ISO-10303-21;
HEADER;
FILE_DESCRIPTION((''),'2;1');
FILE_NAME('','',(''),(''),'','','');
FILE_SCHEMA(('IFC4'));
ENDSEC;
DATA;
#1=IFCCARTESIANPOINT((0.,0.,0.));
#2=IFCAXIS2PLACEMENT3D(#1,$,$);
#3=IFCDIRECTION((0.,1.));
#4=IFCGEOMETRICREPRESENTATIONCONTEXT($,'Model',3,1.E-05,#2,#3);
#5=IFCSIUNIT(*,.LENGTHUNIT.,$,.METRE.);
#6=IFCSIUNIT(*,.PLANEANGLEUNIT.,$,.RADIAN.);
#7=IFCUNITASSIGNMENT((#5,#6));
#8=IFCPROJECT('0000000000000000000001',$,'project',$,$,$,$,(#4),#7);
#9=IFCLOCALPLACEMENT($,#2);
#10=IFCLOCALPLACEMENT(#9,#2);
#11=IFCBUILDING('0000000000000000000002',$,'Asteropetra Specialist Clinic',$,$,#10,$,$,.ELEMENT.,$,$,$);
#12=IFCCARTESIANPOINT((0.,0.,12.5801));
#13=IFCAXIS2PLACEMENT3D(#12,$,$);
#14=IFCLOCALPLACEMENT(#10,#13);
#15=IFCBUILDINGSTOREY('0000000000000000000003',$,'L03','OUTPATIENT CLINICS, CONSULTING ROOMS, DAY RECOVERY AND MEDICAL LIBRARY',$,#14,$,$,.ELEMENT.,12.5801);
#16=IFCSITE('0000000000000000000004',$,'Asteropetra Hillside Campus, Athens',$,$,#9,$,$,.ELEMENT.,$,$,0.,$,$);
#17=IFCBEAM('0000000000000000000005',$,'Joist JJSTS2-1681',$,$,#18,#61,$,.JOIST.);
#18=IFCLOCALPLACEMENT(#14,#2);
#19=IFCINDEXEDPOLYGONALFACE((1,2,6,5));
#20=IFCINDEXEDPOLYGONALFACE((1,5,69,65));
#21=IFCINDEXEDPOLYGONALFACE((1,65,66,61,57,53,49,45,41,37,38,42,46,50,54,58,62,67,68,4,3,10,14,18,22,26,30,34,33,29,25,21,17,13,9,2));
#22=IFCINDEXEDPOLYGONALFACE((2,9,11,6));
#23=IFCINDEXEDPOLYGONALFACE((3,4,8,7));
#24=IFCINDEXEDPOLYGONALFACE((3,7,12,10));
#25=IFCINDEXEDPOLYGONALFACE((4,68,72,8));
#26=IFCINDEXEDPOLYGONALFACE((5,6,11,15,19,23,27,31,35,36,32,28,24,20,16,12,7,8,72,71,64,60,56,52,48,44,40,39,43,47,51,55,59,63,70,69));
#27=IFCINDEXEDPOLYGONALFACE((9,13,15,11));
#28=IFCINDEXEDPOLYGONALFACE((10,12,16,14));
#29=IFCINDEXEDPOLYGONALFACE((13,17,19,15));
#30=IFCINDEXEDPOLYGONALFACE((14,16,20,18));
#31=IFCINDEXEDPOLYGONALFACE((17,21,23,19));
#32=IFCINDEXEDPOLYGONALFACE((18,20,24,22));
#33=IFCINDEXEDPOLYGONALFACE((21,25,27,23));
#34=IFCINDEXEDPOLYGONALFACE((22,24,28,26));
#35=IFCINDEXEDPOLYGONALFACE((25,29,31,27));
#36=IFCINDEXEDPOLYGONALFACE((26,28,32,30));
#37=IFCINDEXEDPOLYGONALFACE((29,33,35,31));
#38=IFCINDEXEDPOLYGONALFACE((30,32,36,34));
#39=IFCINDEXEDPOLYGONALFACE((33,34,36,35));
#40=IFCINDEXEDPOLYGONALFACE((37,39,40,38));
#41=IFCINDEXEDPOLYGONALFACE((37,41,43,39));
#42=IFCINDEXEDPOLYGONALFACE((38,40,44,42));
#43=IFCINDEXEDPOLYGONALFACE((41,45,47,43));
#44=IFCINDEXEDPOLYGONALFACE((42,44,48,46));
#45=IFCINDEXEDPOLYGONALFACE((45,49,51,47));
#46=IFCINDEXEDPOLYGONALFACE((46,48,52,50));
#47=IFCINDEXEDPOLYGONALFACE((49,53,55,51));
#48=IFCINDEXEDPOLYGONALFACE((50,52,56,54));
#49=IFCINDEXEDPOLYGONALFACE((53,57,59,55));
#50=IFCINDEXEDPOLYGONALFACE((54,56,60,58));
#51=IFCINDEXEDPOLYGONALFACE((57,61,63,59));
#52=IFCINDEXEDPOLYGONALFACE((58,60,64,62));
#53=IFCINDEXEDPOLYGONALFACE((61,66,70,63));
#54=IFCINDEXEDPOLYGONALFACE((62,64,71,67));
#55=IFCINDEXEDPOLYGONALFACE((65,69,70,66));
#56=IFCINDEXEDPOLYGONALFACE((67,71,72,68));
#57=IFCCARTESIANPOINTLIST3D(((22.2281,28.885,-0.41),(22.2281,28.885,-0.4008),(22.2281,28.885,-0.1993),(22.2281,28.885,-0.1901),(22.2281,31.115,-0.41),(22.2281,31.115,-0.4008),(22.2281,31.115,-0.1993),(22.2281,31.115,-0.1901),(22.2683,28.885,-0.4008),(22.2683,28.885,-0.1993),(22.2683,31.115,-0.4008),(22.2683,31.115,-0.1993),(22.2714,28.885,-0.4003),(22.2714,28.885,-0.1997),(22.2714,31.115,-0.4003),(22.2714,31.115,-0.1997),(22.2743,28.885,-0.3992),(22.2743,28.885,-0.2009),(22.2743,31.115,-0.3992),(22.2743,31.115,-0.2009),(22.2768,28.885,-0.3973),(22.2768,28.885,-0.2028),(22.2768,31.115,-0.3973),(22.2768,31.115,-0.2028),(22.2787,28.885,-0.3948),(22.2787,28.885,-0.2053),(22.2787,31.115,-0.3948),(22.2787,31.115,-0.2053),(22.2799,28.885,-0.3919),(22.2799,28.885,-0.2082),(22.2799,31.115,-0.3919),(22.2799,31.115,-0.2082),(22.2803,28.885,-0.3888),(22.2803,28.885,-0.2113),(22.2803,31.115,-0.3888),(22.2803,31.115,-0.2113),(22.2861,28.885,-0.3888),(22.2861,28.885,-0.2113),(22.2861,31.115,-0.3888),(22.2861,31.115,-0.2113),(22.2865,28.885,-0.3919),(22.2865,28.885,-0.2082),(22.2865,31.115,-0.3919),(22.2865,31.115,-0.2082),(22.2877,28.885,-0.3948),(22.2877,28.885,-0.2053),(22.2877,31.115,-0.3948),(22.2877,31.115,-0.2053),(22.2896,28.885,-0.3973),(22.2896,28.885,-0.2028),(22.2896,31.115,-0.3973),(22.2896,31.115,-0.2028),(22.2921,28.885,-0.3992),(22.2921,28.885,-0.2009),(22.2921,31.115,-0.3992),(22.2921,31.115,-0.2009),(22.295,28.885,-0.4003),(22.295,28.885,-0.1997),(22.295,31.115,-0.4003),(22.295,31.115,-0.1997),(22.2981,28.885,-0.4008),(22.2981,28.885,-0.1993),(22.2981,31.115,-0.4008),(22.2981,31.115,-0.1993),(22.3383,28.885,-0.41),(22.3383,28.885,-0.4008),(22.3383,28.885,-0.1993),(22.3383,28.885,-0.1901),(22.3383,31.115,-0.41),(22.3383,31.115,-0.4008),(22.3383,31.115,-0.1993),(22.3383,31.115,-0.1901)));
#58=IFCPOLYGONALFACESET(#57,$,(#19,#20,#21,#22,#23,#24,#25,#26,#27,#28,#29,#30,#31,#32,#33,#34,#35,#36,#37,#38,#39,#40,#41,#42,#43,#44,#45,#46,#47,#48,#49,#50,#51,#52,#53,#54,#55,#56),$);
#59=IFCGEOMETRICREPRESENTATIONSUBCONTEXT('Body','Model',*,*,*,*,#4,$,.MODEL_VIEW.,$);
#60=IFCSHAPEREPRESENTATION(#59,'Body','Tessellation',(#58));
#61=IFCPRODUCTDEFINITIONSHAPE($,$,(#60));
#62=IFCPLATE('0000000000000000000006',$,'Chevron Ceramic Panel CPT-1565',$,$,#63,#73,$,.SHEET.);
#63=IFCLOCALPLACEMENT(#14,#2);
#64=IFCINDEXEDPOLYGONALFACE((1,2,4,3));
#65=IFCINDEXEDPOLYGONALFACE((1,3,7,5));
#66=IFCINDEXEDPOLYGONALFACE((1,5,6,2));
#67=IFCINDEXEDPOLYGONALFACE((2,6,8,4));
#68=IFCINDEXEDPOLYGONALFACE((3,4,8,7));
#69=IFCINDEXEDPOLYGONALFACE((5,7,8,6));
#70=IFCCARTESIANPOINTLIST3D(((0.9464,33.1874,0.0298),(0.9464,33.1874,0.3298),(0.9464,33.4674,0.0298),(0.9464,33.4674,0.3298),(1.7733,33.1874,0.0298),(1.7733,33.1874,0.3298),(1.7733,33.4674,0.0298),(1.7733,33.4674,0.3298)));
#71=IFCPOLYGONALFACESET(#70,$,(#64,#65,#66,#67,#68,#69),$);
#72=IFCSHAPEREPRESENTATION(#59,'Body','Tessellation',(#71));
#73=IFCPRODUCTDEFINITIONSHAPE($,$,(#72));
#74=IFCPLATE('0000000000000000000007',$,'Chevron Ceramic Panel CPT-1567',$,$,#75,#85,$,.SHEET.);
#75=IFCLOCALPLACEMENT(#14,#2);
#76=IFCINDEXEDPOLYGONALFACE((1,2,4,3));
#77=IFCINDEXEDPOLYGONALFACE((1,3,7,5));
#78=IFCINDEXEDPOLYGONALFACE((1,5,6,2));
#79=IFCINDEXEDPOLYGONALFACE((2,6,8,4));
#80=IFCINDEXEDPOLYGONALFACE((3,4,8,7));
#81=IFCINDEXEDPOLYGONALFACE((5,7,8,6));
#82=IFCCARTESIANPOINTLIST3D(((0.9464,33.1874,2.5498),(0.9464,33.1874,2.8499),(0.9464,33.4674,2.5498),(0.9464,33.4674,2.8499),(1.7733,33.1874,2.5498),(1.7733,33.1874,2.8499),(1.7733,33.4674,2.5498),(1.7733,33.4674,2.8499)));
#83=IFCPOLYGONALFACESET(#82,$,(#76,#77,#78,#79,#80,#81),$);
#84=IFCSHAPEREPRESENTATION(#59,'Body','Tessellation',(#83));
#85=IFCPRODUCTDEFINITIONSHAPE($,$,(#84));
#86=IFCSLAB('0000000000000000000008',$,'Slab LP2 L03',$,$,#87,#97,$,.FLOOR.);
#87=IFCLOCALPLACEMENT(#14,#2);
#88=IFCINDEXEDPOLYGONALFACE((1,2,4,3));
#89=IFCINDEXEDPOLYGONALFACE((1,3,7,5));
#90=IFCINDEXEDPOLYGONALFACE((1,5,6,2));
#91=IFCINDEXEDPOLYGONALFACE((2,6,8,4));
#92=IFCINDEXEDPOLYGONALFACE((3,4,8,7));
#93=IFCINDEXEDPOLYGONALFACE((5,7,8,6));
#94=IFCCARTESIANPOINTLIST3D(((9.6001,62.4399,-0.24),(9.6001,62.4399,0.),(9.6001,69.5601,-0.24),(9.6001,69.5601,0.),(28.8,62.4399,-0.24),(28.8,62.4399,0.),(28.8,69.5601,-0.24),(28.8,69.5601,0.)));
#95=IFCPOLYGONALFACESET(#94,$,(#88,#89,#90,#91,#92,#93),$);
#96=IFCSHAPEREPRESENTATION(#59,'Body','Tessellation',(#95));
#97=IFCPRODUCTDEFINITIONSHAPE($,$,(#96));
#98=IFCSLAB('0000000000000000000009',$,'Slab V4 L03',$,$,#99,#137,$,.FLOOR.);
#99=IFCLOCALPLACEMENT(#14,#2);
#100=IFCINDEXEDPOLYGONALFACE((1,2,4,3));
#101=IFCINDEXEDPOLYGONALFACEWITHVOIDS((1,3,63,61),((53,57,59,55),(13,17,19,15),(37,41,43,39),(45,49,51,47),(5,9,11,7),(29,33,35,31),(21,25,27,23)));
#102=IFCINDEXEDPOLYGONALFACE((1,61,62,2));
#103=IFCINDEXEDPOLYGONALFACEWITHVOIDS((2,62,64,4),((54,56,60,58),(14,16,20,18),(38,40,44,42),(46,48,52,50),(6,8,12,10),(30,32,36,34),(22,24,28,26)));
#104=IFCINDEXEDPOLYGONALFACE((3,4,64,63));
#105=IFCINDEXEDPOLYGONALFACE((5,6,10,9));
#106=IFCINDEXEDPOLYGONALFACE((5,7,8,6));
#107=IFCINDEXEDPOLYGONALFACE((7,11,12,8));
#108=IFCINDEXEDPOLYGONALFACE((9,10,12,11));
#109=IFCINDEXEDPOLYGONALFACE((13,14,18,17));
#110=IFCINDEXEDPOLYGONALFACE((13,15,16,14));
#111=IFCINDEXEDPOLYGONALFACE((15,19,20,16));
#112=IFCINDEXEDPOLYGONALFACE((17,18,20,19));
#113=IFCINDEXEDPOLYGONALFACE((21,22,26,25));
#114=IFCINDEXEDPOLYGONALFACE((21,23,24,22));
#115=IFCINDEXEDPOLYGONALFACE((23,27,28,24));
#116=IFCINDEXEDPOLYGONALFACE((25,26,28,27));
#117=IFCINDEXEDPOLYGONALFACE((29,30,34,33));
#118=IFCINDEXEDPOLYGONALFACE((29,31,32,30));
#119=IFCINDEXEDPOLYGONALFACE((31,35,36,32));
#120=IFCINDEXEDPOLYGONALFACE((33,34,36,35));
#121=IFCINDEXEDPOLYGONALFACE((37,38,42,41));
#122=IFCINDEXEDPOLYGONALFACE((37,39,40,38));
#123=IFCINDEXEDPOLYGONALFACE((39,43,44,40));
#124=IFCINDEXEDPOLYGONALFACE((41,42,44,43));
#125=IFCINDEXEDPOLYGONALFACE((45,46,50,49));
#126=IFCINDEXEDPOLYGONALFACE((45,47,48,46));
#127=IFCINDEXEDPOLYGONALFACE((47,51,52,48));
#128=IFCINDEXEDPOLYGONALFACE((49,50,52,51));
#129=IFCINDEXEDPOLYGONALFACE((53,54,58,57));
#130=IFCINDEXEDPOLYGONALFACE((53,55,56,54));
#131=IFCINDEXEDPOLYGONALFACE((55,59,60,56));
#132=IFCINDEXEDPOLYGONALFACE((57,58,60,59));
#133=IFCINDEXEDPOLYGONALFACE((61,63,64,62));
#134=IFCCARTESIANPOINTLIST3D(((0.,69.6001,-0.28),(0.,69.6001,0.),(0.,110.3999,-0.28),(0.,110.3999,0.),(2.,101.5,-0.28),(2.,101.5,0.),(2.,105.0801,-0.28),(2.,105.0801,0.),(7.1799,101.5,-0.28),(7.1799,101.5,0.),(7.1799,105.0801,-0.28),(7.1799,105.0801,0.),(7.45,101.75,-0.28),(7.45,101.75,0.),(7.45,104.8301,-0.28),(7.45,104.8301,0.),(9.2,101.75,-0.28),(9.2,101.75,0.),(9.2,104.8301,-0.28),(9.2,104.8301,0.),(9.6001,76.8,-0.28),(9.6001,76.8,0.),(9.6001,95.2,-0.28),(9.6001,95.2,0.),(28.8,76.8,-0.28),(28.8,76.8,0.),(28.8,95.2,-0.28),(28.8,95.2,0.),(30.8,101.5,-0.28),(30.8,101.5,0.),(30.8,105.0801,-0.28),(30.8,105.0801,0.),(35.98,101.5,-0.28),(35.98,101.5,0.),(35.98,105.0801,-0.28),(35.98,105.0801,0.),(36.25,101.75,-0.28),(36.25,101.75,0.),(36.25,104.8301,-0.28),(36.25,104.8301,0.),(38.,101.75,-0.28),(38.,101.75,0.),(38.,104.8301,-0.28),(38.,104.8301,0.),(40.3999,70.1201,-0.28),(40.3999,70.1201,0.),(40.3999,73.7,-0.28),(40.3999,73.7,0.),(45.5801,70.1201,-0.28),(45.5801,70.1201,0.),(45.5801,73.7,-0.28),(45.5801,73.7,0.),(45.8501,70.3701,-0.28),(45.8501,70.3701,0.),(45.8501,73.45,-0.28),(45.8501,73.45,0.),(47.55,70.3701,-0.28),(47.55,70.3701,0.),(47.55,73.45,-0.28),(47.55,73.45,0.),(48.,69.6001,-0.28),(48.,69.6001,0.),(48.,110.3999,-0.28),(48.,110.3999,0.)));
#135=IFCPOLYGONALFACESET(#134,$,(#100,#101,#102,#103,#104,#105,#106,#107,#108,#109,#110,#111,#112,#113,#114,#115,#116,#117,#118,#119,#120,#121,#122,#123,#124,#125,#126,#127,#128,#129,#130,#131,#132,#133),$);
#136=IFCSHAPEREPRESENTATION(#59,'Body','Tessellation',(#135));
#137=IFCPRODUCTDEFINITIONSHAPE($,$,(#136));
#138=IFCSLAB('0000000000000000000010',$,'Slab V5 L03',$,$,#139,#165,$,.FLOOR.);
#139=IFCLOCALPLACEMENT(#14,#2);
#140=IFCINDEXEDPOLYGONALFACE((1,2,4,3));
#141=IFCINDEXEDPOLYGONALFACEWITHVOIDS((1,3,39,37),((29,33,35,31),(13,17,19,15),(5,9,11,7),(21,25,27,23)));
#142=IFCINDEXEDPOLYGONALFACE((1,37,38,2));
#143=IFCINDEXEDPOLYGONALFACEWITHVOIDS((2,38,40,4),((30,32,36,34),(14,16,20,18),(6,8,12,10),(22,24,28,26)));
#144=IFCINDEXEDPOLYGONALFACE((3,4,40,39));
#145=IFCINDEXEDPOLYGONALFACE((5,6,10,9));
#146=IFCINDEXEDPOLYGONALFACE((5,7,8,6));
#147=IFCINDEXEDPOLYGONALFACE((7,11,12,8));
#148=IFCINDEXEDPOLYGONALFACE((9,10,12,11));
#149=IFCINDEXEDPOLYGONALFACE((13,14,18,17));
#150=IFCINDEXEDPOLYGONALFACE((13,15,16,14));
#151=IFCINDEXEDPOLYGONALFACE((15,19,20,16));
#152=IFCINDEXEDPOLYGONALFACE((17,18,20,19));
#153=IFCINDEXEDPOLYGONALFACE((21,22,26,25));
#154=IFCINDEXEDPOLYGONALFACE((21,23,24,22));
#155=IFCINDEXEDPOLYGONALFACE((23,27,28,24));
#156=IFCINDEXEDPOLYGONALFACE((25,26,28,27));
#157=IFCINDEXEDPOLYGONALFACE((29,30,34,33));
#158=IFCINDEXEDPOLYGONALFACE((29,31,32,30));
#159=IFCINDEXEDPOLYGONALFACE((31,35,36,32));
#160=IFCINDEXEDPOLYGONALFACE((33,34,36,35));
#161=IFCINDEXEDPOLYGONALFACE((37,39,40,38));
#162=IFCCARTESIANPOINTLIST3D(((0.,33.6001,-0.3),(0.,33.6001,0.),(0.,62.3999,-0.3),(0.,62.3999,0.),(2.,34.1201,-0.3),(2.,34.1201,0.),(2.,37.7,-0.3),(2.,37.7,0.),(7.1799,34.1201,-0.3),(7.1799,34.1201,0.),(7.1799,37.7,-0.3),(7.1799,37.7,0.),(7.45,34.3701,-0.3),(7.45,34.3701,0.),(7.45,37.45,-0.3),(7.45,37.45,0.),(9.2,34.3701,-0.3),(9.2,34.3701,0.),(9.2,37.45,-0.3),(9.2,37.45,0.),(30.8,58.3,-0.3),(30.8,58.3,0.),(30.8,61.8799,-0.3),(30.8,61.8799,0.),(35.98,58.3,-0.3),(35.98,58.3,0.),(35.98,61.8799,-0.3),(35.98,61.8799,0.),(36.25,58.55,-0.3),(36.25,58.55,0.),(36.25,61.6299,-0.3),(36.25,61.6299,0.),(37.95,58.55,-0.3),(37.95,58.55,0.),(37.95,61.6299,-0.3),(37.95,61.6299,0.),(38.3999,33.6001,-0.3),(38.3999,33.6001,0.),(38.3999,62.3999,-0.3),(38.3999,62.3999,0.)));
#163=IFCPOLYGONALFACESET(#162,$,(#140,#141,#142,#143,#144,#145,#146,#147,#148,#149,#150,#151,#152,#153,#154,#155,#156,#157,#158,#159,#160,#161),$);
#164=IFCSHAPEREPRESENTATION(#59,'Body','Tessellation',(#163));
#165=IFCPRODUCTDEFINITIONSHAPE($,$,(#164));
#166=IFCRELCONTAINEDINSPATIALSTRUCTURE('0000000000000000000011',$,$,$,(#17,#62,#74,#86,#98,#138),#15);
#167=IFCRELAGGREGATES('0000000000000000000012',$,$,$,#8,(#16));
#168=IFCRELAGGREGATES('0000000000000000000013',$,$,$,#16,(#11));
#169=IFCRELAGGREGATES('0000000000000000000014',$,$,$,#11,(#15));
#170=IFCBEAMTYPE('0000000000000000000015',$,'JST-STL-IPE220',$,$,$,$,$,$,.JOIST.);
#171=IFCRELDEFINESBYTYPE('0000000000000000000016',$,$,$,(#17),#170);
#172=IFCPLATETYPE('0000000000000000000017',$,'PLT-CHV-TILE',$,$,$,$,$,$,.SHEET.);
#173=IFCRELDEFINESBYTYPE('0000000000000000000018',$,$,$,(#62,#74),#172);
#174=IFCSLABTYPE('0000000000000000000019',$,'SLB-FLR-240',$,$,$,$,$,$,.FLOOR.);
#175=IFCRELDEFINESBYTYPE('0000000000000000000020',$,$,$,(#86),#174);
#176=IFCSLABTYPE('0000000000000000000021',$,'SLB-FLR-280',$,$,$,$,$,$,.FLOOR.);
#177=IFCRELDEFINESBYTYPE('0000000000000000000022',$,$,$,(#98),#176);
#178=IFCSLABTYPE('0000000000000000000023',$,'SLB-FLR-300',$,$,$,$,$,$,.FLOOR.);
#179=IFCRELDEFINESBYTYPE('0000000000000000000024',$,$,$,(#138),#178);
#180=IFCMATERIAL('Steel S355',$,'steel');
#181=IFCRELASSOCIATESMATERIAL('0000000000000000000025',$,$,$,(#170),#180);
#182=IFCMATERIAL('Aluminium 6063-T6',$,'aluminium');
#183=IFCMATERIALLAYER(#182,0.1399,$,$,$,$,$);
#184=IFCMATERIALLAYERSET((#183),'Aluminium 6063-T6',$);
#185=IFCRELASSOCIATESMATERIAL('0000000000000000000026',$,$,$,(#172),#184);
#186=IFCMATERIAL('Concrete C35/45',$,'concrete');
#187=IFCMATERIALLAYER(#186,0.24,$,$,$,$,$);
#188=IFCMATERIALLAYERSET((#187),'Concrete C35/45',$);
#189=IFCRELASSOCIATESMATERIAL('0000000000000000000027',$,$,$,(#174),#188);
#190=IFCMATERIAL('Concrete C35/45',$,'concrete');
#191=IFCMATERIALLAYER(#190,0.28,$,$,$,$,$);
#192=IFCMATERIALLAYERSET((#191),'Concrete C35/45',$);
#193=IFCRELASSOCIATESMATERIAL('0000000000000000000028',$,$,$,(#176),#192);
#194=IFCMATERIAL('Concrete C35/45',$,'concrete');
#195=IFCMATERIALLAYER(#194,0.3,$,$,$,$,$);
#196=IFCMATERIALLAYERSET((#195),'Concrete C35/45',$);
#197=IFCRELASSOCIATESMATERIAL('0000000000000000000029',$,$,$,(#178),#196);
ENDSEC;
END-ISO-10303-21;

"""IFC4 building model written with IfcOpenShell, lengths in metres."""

from ifc_helpers import new_model, si_unit, direction, frame, origin, origin_2d, place, context, subcontext, project, spatial, polyline, rectangle, i_section, outline, extrude, material, layer, layer_set, material_profile, profile_set, type_object, element, save


model = new_model("IFC4")

# Units and contexts
model_context = context("Model", 3, precision=1e-05, world=origin(), true_north=direction((0.0, 1.0)))
body_context = subcontext(model_context, "Body", "Model", "MODEL_VIEW")
ifc_project = project(units=[si_unit("LENGTHUNIT", "METRE"), si_unit("PLANEANGLEUNIT", "RADIAN")], contexts=[model_context])

# Site, building, storey
site_placement = place(None, origin())
site = spatial("IfcSite", under=ifc_project, at=site_placement, Name="Asteropetra Hillside Campus, Athens", CompositionType="ELEMENT", RefElevation=0.0)
building_placement = place(site_placement, origin())
building = spatial("IfcBuilding", under=site, at=building_placement, Name="Asteropetra Specialist Clinic", CompositionType="ELEMENT")
storey_placement = place(building_placement, frame((0.0, 0.0, 12.5801)))
storey = spatial("IfcBuildingStorey", under=building, at=storey_placement, Name="L03", Description="OUTPATIENT CLINICS, CONSULTING ROOMS, DAY RECOVERY AND MEDICAL LIBRARY", CompositionType="ELEMENT", Elevation=12.5801)

# Beam
ifc_material_1 = material(Name="Steel S355", Category="steel")
ifc_material_profile_1 = material_profile(ifc_material_1, i_section(OverallWidth=0.1101, OverallDepth=0.22, WebThickness=0.0059, FlangeThickness=0.0093, FilletRadius=0.012, at=origin_2d()), Name="IPE 220")
ifc_profile_set_1 = profile_set([ifc_material_profile_1], Name="Steel S355")
beam_type_1 = type_object("IfcBeamType", Name="JST-STL-IPE220", PredefinedType="JOIST", material=ifc_profile_set_1)
for number, where, z_axis, x_axis, name in (
    (1, (22.2832, 28.885, -0.3), (0.0, 1.0, 0.0), (-1.0, 0.0, 0.0), "Joist JJSTS2-1681"),
):
    element("IfcBeam", number, at=place(storey_placement, frame(where, z_axis=z_axis, x_axis=x_axis)), inside=storey, type_object=beam_type_1, Name=name, PredefinedType="JOIST", context=body_context, shape_type="SweptSolid", body=[
        extrude(i_section(OverallWidth=0.1101, OverallDepth=0.22, WebThickness=0.0059, FlangeThickness=0.0093, FilletRadius=0.012, at=origin_2d()), origin(), (0.0, 0.0, 1.0), 2.23),
    ])

# Plates
ifc_material_2 = material(Name="Aluminium 6063-T6", Category="aluminium")
ifc_layer_1 = layer(ifc_material_2, 0.1399)
ifc_layer_set_1 = layer_set([ifc_layer_1], Name="Aluminium 6063-T6")
plate_type = type_object("IfcPlateType", Name="PLT-CHV-TILE", PredefinedType="SHEET", material=ifc_layer_set_1)
for number, where, z_axis, x_axis, name in (
    (2, (1.3599, 33.3274, 0.0298), (0.0, 0.0, 1.0), (1.0, 0.0, 0.0), "Chevron Ceramic Panel CPT-1565"),
    (3, (1.3599, 33.3274, 2.5498), (0.0, 0.0, 1.0), (1.0, 0.0, 0.0), "Chevron Ceramic Panel CPT-1567"),
):
    element("IfcPlate", number, at=place(storey_placement, frame(where, z_axis=z_axis, x_axis=x_axis)), inside=storey, type_object=plate_type, Name=name, PredefinedType="SHEET", context=body_context, shape_type="SweptSolid", body=[
        extrude(rectangle(XDim=0.8269, YDim=0.28, at=origin_2d()), origin(), (0.0, 0.0, 1.0), 0.3),
    ])

# Slabs
ifc_material_3 = material(Name="Concrete C35/45", Category="concrete")
ifc_layer_2 = layer(ifc_material_3, 0.24)
ifc_layer_set_2 = layer_set([ifc_layer_2], Name="Concrete C35/45")
slab_type_1 = type_object("IfcSlabType", Name="SLB-FLR-240", PredefinedType="FLOOR", material=ifc_layer_set_2)
slab_1_placement = place(storey_placement, frame((0.0, 0.0, -0.24)))
element("IfcSlab", 4, at=slab_1_placement, inside=storey, type_object=slab_type_1, Name="Slab LP2 L03", PredefinedType="FLOOR", context=body_context, shape_type="SweptSolid", body=[
    extrude(outline(polyline([(9.6001, 62.4399), (28.8, 62.4399), (28.8, 69.5601), (9.6001, 69.5601), (9.6001, 62.4399)])), origin(), (0.0, 0.0, 1.0), 0.24),
])
ifc_material_4 = material(Name="Concrete C35/45", Category="concrete")
ifc_layer_3 = layer(ifc_material_4, 0.28)
ifc_layer_set_3 = layer_set([ifc_layer_3], Name="Concrete C35/45")
slab_type_2 = type_object("IfcSlabType", Name="SLB-FLR-280", PredefinedType="FLOOR", material=ifc_layer_set_3)
slab_2_placement = place(storey_placement, frame((0.0, 0.0, -0.28)))
element("IfcSlab", 5, at=slab_2_placement, inside=storey, type_object=slab_type_2, Name="Slab V4 L03", PredefinedType="FLOOR", context=body_context, shape_type="SweptSolid", body=[
    extrude(outline(polyline([(0.0, 69.6001), (48.0, 69.6001), (48.0, 110.3999), (0.0, 110.3999), (0.0, 69.6001)]), holes=[polyline([(9.6001, 76.8), (28.8, 76.8), (28.8, 95.2), (9.6001, 95.2), (9.6001, 76.8)]), polyline([(2.0, 101.5), (7.1799, 101.5), (7.1799, 105.0801), (2.0, 105.0801), (2.0, 101.5)]), polyline([(7.45, 101.75), (9.2, 101.75), (9.2, 104.8301), (7.45, 104.8301), (7.45, 101.75)]), polyline([(30.8, 101.5), (35.98, 101.5), (35.98, 105.0801), (30.8, 105.0801), (30.8, 101.5)]), polyline([(36.25, 101.75), (38.0, 101.75), (38.0, 104.8301), (36.25, 104.8301), (36.25, 101.75)]), polyline([(40.3999, 70.1201), (45.5801, 70.1201), (45.5801, 73.7), (40.3999, 73.7), (40.3999, 70.1201)]), polyline([(45.8501, 70.3701), (47.55, 70.3701), (47.55, 73.45), (45.8501, 73.45), (45.8501, 70.3701)])]), origin(), (0.0, 0.0, 1.0), 0.28),
])
ifc_material_5 = material(Name="Concrete C35/45", Category="concrete")
ifc_layer_4 = layer(ifc_material_5, 0.3)
ifc_layer_set_4 = layer_set([ifc_layer_4], Name="Concrete C35/45")
slab_type_3 = type_object("IfcSlabType", Name="SLB-FLR-300", PredefinedType="FLOOR", material=ifc_layer_set_4)
slab_3_placement = place(storey_placement, frame((0.0, 0.0, -0.3)))
element("IfcSlab", 6, at=slab_3_placement, inside=storey, type_object=slab_type_3, Name="Slab V5 L03", PredefinedType="FLOOR", context=body_context, shape_type="SweptSolid", body=[
    extrude(outline(polyline([(0.0, 33.6001), (38.3999, 33.6001), (38.3999, 62.3999), (0.0, 62.3999), (0.0, 33.6001)]), holes=[polyline([(2.0, 34.1201), (7.1799, 34.1201), (7.1799, 37.7), (2.0, 37.7), (2.0, 34.1201)]), polyline([(7.45, 34.3701), (9.2, 34.3701), (9.2, 37.45), (7.45, 37.45), (7.45, 34.3701)]), polyline([(30.8, 58.3), (35.98, 58.3), (35.98, 61.8799), (30.8, 61.8799), (30.8, 58.3)]), polyline([(36.25, 58.55), (37.95, 58.55), (37.95, 61.6299), (36.25, 61.6299), (36.25, 58.55)])]), origin(), (0.0, 0.0, 1.0), 0.3),
])

save(model, "model.ifc")
